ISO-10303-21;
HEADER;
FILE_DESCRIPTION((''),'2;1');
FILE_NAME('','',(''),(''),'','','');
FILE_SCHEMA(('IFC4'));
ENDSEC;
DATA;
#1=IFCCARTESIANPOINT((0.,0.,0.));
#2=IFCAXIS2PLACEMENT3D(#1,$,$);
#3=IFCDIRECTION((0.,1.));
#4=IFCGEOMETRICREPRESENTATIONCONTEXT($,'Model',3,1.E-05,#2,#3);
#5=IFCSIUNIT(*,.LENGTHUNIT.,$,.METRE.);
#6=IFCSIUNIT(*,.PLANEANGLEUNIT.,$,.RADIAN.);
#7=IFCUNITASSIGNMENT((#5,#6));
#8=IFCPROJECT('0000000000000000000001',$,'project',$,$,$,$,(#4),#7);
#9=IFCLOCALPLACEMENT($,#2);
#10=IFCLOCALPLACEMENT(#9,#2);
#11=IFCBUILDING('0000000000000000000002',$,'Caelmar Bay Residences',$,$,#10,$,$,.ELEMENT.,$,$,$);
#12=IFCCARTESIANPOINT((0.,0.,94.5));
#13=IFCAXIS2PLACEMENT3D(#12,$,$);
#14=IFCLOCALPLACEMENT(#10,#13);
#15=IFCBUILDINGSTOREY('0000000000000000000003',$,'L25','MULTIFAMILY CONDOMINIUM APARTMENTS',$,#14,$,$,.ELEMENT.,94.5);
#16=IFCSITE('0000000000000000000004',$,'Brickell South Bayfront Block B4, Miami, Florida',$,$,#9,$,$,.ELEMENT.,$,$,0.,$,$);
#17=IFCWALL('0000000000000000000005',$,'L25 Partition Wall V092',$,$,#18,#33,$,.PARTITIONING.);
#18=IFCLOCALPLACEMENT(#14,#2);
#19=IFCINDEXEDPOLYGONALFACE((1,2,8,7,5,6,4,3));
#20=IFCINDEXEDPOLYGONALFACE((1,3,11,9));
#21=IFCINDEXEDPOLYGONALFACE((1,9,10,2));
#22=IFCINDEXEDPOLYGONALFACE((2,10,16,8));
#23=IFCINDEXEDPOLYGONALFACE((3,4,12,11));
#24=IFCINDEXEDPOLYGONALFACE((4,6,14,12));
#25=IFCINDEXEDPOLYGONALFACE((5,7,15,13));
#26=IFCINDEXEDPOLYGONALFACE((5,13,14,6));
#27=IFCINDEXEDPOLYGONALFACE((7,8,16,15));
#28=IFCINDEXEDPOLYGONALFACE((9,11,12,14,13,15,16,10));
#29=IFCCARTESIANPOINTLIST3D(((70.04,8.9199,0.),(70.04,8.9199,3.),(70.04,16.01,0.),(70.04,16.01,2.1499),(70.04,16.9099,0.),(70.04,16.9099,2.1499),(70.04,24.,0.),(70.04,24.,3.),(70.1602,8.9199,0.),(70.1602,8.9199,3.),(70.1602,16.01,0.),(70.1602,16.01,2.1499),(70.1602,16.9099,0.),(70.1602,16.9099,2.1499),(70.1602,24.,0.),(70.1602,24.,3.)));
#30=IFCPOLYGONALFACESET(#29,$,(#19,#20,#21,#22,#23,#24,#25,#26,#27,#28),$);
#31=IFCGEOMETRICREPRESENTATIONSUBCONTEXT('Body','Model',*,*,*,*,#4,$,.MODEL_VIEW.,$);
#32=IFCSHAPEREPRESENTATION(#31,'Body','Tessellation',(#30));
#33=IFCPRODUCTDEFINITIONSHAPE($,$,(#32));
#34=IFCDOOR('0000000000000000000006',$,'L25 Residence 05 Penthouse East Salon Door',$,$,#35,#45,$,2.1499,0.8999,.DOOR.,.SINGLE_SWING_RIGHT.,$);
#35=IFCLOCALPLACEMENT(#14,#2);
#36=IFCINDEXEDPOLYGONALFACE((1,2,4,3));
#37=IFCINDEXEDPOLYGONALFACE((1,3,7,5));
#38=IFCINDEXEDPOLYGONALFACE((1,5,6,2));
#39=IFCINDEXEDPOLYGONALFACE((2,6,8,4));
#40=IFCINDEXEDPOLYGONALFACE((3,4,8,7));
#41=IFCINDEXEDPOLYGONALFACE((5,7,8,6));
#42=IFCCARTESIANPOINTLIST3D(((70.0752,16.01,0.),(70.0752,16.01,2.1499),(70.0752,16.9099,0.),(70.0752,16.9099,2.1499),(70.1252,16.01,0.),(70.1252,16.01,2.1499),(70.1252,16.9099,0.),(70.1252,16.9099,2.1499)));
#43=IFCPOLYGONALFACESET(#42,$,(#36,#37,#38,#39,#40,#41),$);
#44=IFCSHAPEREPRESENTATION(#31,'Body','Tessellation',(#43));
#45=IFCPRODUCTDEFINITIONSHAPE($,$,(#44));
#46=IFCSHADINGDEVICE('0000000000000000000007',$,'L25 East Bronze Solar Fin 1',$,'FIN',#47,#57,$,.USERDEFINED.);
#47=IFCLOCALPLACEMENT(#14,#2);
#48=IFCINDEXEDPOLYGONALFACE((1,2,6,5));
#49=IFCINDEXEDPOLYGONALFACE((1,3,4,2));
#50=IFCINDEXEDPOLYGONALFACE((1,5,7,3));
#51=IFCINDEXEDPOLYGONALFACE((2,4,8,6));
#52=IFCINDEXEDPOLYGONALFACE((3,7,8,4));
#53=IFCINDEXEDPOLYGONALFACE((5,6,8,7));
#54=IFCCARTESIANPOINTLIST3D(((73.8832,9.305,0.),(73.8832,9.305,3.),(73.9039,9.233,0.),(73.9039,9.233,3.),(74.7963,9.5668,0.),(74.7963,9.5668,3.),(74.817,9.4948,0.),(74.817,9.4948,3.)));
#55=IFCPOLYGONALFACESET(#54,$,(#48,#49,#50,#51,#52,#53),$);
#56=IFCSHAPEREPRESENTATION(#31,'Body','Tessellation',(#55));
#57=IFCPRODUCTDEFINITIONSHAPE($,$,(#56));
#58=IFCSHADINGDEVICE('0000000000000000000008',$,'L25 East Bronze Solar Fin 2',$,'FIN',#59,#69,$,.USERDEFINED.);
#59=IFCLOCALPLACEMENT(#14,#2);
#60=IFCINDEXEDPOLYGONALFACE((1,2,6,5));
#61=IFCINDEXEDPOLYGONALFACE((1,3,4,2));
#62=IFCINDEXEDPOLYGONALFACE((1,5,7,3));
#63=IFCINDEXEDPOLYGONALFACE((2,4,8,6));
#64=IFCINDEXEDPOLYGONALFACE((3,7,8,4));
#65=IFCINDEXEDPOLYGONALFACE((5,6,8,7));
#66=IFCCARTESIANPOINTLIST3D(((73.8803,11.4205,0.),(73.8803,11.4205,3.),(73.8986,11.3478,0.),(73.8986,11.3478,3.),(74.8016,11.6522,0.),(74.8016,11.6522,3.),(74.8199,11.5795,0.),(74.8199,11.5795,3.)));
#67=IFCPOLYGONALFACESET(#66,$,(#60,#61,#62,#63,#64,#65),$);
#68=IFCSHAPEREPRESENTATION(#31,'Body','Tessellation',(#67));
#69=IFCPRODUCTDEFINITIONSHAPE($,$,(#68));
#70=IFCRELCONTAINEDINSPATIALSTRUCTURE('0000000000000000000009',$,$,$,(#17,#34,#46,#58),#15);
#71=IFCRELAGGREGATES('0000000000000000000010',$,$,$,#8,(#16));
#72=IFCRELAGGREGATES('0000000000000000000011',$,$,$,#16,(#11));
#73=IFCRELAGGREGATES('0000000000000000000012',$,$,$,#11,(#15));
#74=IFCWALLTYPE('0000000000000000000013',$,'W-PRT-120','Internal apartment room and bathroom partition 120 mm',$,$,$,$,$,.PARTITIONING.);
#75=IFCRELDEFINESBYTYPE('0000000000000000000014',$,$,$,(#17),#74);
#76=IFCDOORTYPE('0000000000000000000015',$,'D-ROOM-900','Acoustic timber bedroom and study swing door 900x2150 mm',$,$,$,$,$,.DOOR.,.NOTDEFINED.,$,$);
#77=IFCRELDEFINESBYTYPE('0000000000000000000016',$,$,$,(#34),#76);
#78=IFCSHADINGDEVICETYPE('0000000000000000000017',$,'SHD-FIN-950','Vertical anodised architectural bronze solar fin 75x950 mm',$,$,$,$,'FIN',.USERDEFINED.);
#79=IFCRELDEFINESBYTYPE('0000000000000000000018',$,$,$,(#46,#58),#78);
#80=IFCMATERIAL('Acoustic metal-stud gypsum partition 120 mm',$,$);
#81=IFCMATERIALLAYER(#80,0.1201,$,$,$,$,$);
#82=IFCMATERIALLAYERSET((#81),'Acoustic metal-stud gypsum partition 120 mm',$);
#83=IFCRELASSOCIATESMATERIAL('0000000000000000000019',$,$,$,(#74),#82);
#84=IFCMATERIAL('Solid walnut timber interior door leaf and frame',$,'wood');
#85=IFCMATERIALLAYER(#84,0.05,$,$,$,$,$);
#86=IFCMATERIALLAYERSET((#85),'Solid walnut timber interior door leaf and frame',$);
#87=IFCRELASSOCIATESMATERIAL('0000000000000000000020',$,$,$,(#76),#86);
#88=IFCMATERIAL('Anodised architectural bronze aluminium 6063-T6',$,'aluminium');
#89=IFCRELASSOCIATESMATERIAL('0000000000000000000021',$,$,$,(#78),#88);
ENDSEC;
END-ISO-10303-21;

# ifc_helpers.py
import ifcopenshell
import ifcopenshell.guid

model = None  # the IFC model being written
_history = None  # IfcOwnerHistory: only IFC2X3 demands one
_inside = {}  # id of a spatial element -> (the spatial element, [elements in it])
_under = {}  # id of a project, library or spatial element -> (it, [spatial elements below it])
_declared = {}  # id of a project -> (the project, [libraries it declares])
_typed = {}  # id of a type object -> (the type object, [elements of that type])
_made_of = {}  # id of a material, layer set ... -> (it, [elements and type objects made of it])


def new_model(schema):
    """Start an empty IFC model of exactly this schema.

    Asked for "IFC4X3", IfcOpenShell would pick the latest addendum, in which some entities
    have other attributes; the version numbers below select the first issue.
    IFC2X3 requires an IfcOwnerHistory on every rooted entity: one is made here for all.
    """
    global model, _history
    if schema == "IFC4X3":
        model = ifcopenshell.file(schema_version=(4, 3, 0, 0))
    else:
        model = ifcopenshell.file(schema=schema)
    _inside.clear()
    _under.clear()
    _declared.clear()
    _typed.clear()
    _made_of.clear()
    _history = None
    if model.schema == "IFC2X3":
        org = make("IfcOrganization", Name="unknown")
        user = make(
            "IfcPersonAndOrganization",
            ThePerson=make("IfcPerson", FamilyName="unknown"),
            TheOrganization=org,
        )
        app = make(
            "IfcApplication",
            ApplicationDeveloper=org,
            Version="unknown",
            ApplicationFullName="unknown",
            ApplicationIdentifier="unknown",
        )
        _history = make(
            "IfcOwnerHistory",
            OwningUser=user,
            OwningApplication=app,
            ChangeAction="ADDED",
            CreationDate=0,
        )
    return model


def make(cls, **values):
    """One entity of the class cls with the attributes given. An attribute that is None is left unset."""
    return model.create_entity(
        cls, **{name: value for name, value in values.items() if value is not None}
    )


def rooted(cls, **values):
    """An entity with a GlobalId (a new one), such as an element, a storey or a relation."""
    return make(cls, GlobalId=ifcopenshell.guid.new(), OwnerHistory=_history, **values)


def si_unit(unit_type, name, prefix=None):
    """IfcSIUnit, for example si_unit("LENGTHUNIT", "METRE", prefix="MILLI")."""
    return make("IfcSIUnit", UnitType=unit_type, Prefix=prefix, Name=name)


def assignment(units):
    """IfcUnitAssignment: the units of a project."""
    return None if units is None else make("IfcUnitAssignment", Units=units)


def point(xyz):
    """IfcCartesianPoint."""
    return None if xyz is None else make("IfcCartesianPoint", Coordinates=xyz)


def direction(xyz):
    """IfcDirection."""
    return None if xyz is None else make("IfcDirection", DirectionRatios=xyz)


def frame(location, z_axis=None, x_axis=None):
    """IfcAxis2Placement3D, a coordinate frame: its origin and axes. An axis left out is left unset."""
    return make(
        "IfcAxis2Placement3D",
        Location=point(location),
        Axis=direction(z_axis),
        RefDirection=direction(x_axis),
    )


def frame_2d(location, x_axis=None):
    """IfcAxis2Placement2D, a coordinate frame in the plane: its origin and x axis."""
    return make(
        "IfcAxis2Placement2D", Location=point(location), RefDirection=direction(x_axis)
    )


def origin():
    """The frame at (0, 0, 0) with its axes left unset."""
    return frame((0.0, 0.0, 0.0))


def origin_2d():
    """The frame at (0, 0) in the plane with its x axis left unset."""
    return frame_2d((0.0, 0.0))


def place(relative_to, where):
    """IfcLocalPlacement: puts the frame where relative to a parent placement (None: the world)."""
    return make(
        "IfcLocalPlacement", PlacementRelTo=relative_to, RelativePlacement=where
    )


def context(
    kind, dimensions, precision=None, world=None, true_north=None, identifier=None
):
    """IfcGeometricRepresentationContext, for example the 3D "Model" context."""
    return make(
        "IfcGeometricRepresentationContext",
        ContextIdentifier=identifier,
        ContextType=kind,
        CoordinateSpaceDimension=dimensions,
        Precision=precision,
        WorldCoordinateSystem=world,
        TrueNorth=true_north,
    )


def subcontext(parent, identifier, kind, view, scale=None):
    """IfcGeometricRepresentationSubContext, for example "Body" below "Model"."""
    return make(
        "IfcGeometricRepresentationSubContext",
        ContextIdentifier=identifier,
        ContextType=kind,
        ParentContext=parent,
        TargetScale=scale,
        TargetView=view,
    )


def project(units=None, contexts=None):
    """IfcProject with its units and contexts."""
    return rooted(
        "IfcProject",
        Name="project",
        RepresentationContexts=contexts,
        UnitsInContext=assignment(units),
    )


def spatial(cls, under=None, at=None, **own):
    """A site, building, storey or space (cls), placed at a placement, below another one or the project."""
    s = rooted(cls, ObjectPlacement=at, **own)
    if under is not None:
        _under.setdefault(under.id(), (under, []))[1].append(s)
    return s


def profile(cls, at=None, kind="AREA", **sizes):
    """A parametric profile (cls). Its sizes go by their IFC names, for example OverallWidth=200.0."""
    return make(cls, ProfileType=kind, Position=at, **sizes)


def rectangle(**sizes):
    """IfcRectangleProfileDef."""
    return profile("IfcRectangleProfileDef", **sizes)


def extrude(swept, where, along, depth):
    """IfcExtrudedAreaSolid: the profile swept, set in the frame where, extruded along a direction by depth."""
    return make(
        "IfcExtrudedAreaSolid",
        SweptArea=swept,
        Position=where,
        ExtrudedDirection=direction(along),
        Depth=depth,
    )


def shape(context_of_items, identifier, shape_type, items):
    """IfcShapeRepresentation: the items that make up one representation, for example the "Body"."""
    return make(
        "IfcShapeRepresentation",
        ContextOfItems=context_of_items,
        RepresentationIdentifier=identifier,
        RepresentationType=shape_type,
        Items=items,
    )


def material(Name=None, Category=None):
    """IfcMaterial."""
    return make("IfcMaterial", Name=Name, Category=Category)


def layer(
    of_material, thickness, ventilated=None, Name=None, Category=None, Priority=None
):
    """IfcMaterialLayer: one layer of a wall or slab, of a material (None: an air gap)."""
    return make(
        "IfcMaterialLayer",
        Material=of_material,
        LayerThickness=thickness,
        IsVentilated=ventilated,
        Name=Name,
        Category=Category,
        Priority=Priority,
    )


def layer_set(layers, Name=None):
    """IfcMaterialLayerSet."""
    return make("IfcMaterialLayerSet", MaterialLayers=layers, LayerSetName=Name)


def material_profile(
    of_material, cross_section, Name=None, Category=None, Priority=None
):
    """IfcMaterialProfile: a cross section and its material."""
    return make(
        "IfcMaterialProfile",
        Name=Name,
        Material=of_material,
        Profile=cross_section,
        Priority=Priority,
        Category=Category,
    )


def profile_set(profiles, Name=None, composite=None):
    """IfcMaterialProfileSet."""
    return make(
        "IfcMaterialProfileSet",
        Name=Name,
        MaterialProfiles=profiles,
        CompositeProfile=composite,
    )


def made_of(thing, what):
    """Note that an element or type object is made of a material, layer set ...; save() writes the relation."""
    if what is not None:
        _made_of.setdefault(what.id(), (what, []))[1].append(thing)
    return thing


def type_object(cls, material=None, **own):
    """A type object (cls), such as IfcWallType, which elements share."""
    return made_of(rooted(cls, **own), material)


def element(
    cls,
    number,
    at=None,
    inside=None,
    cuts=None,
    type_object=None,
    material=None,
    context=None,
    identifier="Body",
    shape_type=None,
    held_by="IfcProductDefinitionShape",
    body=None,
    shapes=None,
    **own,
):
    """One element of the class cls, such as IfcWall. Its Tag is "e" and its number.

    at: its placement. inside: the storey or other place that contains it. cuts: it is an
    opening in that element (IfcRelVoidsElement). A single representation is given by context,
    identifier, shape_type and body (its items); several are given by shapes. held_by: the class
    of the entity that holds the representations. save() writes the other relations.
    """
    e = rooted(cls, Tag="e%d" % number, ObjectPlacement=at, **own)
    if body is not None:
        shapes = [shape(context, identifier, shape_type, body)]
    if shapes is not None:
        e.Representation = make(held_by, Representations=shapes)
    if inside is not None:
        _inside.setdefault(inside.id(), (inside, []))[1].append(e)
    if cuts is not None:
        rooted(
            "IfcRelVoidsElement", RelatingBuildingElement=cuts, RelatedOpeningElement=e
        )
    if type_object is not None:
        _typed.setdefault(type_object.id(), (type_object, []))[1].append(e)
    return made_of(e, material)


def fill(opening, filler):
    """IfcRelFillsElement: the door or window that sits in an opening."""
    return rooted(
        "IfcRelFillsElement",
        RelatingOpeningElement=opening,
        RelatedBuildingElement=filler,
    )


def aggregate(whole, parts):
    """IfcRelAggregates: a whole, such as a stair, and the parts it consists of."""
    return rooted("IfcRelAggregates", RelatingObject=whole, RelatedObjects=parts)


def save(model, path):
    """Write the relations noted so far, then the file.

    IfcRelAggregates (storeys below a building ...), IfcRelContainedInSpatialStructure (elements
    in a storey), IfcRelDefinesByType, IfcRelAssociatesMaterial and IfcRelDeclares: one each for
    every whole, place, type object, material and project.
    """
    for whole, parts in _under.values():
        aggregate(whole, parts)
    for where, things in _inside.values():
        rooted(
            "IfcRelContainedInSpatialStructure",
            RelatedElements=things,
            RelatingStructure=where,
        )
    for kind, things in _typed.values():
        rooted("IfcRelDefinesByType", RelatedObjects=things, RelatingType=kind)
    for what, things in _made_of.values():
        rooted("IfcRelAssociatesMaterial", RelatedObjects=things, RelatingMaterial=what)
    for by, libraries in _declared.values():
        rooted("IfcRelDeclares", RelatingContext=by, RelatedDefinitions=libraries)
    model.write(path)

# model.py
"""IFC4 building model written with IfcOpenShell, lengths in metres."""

from ifc_helpers import new_model, si_unit, direction, frame, frame_2d, origin, origin_2d, place, context, subcontext, project, spatial, rectangle, extrude, material, layer, layer_set, material_profile, profile_set, type_object, element, fill, save


model = new_model("IFC4")

# Units and contexts
model_context = context("Model", 3, precision=1e-05, world=origin(), true_north=direction((0.0, 1.0)))
body_context = subcontext(model_context, "Body", "Model", "MODEL_VIEW")
ifc_project = project(units=[si_unit("LENGTHUNIT", "METRE"), si_unit("PLANEANGLEUNIT", "RADIAN")], contexts=[model_context])

# Site, building, storey
site_placement = place(None, origin())
site = spatial("IfcSite", under=ifc_project, at=site_placement, Name="Brickell South Bayfront Block B4, Miami, Florida", CompositionType="ELEMENT", RefElevation=0.0)
building_placement = place(site_placement, origin())
building = spatial("IfcBuilding", under=site, at=building_placement, Name="Caelmar Bay Residences", CompositionType="ELEMENT")
storey_placement = place(building_placement, frame((0.0, 0.0, 94.5)))
storey = spatial("IfcBuildingStorey", under=building, at=storey_placement, Name="L25", Description="MULTIFAMILY CONDOMINIUM APARTMENTS", CompositionType="ELEMENT", Elevation=94.5)

# Shared definitions
ifc_material_1 = material(Name="Acoustic metal-stud gypsum partition 120 mm")
ifc_layer_1 = layer(ifc_material_1, 0.1201)
ifc_layer_set_1 = layer_set([ifc_layer_1], Name="Acoustic metal-stud gypsum partition 120 mm")
wall_type_1 = type_object("IfcWallType", Name="W-PRT-120", Description="Internal apartment room and bathroom partition 120 mm", PredefinedType="PARTITIONING", material=ifc_layer_set_1)

# Wall, opening, door
wall_1_placement = place(storey_placement, frame((70.1001, 8.9199, 0.0), z_axis=(0.0, 0.0, 1.0), x_axis=(0.0, 1.0, 0.0)))
wall_1 = element("IfcWall", 1, at=wall_1_placement, inside=storey, type_object=wall_type_1, Name="L25 Partition Wall V092", PredefinedType="PARTITIONING", context=body_context, shape_type="SweptSolid", body=[
    extrude(rectangle(XDim=15.0801, YDim=0.1201, at=frame_2d((7.54, 0.0))), origin(), (0.0, 0.0, 1.0), 3.0),
])
opening_placement = place(wall_1_placement, frame((7.0901, 0.0, 0.0)))
opening = element("IfcOpeningElement", 2, at=opening_placement, cuts=wall_1, PredefinedType="OPENING", context=body_context, shape_type="SweptSolid", body=[
    extrude(rectangle(XDim=0.8999, YDim=2.1499, at=frame_2d((0.45, 1.075))), frame((0.0, 0.0701, 0.0), z_axis=(0.0, -1.0, 0.0), x_axis=(1.0, 0.0, 0.0)), (0.0, 0.0, 1.0), 0.1401),
])
ifc_material_2 = material(Name="Solid walnut timber interior door leaf and frame", Category="wood")
ifc_layer_2 = layer(ifc_material_2, 0.05)
ifc_layer_set_2 = layer_set([ifc_layer_2], Name="Solid walnut timber interior door leaf and frame")
door_type = type_object("IfcDoorType", Name="D-ROOM-900", Description="Acoustic timber bedroom and study swing door 900x2150 mm", OperationType="NOTDEFINED", PredefinedType="DOOR", material=ifc_layer_set_2)
door_placement = place(opening_placement, origin())
door = element("IfcDoor", 3, at=door_placement, inside=storey, type_object=door_type, Name="L25 Residence 05 Penthouse East Salon Door", OperationType="SINGLE_SWING_RIGHT", OverallHeight=2.1499, OverallWidth=0.8999, PredefinedType="DOOR", context=body_context, shape_type="SweptSolid", body=[
    extrude(rectangle(XDim=0.8999, YDim=2.1499, at=frame_2d((0.45, 1.075))), frame((0.0, 0.0249, 0.0), z_axis=(0.0, -1.0, 0.0), x_axis=(1.0, 0.0, 0.0)), (0.0, 0.0, 1.0), 0.05),
])
fill(opening, door)

# Shading devices
ifc_material_3 = material(Name="Anodised architectural bronze aluminium 6063-T6", Category="aluminium")
ifc_material_profile_1 = material_profile(ifc_material_3, rectangle(XDim=0.075, YDim=0.95, at=origin_2d()), Name="BRONZE-FIN-75X950")
ifc_profile_set_1 = profile_set([ifc_material_profile_1], Name="Anodised architectural bronze aluminium 6063-T6")
shading_device_type = type_object("IfcShadingDeviceType", Name="SHD-FIN-950", Description="Vertical anodised architectural bronze solar fin 75x950 mm", ElementType="FIN", PredefinedType="USERDEFINED", material=ifc_profile_set_1)
for number, where, z_axis, x_axis, name in (
    (4, (74.3501, 9.3999, 0.0), (0.0, 0.0, 1.0), (-0.275637, 0.961262, 0.0), "L25 East Bronze Solar Fin 1"),
    (5, (74.3501, 11.5, 0.0), (0.0, 0.0, 1.0), (-0.243954, 0.969787, 0.0), "L25 East Bronze Solar Fin 2"),
):
    element("IfcShadingDevice", number, at=place(storey_placement, frame(where, z_axis=z_axis, x_axis=x_axis)), inside=storey, type_object=shading_device_type, Name=name, ObjectType="FIN", PredefinedType="USERDEFINED", context=body_context, shape_type="SweptSolid", body=[
        extrude(rectangle(XDim=0.075, YDim=0.95, at=origin_2d()), origin(), (0.0, 0.0, 1.0), 3.0),
    ])

save(model, "model.ifc")
